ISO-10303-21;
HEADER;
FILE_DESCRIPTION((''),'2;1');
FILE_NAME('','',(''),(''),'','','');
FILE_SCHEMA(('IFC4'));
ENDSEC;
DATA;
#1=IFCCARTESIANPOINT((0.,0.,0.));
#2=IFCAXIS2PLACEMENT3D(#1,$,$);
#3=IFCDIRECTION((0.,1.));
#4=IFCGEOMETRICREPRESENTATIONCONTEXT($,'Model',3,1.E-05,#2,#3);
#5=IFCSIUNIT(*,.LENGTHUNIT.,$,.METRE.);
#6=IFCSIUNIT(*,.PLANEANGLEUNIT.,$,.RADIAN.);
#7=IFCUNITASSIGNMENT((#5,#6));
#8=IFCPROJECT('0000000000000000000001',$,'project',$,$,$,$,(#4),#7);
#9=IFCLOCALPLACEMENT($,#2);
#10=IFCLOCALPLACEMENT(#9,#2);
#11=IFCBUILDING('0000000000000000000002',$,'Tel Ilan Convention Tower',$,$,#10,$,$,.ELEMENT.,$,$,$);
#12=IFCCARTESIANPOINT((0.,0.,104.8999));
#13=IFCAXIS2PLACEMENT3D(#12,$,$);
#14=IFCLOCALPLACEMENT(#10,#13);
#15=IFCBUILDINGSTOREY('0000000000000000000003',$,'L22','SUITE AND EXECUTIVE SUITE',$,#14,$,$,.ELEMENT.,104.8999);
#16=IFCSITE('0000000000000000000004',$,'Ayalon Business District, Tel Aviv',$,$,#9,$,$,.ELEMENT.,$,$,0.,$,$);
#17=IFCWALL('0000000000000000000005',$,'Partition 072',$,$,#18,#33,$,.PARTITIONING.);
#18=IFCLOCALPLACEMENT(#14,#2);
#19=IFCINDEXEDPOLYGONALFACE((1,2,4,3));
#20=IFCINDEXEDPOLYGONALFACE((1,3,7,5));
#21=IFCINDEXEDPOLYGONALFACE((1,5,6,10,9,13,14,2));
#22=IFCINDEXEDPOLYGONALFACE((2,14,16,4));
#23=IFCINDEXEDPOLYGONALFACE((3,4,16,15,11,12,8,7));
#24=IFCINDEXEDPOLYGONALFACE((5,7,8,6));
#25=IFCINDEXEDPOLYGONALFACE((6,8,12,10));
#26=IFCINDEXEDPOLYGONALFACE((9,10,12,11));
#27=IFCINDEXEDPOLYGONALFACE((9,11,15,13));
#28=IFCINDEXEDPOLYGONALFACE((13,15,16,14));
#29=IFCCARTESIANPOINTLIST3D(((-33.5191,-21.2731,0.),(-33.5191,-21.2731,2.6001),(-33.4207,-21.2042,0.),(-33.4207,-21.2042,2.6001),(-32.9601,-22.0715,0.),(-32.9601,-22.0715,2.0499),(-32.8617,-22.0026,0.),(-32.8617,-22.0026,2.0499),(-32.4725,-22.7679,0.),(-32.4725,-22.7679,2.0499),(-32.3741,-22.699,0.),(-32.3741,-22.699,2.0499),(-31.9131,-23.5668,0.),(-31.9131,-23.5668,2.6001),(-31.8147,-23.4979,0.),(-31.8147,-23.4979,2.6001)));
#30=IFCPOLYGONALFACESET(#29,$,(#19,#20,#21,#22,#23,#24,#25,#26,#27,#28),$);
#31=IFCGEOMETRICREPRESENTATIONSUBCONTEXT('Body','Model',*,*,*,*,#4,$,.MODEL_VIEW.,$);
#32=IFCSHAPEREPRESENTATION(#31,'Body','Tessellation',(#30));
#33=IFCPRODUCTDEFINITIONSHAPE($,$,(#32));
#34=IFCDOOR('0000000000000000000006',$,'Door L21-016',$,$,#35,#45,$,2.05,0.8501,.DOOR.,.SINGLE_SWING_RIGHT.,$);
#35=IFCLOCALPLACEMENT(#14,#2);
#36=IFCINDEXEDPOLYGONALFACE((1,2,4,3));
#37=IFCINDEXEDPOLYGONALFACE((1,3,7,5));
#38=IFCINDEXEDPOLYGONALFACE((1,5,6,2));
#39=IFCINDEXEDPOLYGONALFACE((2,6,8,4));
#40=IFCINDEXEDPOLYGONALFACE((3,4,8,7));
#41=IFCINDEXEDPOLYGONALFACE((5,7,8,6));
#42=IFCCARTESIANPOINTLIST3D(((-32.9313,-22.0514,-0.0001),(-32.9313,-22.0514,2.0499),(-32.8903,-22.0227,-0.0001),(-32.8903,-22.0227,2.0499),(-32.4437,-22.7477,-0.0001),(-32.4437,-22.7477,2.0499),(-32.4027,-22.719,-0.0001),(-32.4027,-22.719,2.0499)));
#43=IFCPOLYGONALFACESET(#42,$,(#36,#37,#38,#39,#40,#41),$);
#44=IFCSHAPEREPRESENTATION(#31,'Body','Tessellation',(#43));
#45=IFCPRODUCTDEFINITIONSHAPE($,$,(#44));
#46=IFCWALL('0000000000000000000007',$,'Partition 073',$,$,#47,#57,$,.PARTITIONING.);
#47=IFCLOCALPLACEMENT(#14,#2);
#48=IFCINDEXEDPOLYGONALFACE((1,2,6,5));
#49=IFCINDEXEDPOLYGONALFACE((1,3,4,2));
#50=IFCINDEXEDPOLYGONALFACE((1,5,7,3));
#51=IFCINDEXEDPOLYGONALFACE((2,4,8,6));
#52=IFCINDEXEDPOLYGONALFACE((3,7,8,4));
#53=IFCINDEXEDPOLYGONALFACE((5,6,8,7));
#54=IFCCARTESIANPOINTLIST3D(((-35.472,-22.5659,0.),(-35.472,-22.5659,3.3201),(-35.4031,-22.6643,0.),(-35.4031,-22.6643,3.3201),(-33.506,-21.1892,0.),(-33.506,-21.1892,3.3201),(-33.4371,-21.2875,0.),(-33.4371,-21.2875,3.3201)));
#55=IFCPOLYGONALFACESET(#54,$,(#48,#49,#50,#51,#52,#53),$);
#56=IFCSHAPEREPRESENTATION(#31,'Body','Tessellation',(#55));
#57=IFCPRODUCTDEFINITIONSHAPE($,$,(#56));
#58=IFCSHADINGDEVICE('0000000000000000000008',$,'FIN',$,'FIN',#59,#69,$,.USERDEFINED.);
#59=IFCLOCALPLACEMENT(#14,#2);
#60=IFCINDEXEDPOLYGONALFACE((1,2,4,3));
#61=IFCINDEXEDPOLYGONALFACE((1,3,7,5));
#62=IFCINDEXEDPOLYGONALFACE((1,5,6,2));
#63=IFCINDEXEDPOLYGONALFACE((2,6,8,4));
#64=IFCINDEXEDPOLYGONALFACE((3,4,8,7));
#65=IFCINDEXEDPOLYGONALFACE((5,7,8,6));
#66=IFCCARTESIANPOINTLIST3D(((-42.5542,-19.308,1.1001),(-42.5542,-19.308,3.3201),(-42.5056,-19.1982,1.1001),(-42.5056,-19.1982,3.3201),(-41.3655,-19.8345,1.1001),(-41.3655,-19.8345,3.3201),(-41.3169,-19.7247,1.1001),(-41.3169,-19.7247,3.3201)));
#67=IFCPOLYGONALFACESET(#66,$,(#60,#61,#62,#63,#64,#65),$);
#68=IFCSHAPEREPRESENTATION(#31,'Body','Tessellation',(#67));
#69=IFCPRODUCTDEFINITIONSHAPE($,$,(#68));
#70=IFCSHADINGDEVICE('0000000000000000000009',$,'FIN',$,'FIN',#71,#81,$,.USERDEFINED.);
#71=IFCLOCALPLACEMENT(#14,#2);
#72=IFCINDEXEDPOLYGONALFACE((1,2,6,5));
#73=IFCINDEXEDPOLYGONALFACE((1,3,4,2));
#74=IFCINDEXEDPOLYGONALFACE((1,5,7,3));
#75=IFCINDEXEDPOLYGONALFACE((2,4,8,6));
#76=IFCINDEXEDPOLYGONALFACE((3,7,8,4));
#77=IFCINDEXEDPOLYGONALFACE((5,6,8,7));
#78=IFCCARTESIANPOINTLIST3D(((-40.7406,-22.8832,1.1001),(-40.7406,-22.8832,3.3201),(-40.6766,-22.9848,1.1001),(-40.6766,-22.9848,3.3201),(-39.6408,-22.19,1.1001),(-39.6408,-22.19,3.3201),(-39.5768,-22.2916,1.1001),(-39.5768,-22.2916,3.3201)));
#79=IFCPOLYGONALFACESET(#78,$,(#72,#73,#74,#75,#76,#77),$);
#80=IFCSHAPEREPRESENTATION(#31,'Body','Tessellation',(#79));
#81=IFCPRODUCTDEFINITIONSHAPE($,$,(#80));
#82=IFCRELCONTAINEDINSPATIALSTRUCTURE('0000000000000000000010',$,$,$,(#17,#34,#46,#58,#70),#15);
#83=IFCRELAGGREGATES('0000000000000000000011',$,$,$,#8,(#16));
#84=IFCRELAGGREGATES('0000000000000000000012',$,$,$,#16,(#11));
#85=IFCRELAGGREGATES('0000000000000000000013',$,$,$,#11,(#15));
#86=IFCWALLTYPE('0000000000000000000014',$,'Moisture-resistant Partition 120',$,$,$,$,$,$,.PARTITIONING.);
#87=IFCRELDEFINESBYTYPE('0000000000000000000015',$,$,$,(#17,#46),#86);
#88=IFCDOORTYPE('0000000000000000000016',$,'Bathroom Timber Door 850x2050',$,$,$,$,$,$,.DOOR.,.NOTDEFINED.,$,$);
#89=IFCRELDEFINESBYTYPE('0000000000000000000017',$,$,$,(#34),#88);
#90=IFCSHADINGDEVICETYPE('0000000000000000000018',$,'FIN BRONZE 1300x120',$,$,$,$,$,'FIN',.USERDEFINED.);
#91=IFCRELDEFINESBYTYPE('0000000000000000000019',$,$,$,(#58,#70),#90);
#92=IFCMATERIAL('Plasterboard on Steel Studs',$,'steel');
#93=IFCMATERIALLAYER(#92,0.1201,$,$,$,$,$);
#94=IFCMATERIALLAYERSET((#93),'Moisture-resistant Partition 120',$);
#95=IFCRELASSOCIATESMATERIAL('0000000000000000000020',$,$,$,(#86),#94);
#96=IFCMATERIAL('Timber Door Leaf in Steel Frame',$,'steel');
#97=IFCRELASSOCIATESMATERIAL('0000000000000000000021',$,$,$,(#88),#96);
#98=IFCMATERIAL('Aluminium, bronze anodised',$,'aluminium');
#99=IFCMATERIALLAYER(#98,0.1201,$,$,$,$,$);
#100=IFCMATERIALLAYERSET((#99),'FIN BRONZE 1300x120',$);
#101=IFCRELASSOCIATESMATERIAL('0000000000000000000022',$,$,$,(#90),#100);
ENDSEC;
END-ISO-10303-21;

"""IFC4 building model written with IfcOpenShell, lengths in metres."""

from ifc_helpers import new_model, si_unit, direction, frame, frame_2d, origin, origin_2d, place, context, subcontext, project, spatial, rectangle, extrude, material, layer, layer_set, type_object, element, fill, save


model = new_model("IFC4")

# Units and contexts
model_context = context("Model", 3, precision=1e-05, world=origin(), true_north=direction((0.0, 1.0)))
body_context = subcontext(model_context, "Body", "Model", "MODEL_VIEW")
ifc_project = project(units=[si_unit("LENGTHUNIT", "METRE"), si_unit("PLANEANGLEUNIT", "RADIAN")], contexts=[model_context])

# Site, building, storey
site_placement = place(None, origin())
site = spatial("IfcSite", under=ifc_project, at=site_placement, Name="Ayalon Business District, Tel Aviv", CompositionType="ELEMENT", RefElevation=0.0)
building_placement = place(site_placement, origin())
building = spatial("IfcBuilding", under=site, at=building_placement, Name="Tel Ilan Convention Tower", CompositionType="ELEMENT")
storey_placement = place(building_placement, frame((0.0, 0.0, 104.8999)))
storey = spatial("IfcBuildingStorey", under=building, at=storey_placement, Name="L22", Description="SUITE AND EXECUTIVE SUITE", CompositionType="ELEMENT", Elevation=104.8999)

# Wall, opening, door
ifc_material_1 = material(Name="Plasterboard on Steel Studs", Category="steel")
ifc_layer_1 = layer(ifc_material_1, 0.1201)
ifc_layer_set_1 = layer_set([ifc_layer_1], Name="Moisture-resistant Partition 120")
wall_type_1 = type_object("IfcWallType", Name="Moisture-resistant Partition 120", PredefinedType="PARTITIONING", material=ifc_layer_set_1)
wall_1_placement = place(storey_placement, frame((-31.864, -23.5322, 0.0), z_axis=(0.0, 0.0, 1.0), x_axis=(-0.57355, 0.81917, 0.0)))
wall_1 = element("IfcWall", 1, at=wall_1_placement, inside=storey, type_object=wall_type_1, Name="Partition 072", PredefinedType="PARTITIONING", context=body_context, shape_type="SweptSolid", body=[
    extrude(rectangle(XDim=2.8, YDim=0.1201, at=frame_2d((1.3999, 0.0))), origin(), (0.0, 0.0, 1.0), 2.6001),
])
opening_1_placement = place(wall_1_placement, frame((0.9751, 0.0, 0.0)))
opening_1 = element("IfcOpeningElement", 2, at=opening_1_placement, cuts=wall_1, PredefinedType="OPENING", context=body_context, shape_type="SweptSolid", body=[
    extrude(rectangle(XDim=0.8501, YDim=2.05, at=frame_2d((0.425, 1.0249))), frame((0.0, 0.0701, 0.0), z_axis=(0.0, -1.0, 0.0), x_axis=(1.0, 0.0, 0.0)), (0.0, 0.0, 1.0), 0.1401),
])
ifc_material_2 = material(Name="Timber Door Leaf in Steel Frame", Category="steel")
door_type_1 = type_object("IfcDoorType", Name="Bathroom Timber Door 850x2050", OperationType="NOTDEFINED", PredefinedType="DOOR", material=ifc_material_2)
door_1_placement = place(opening_1_placement, origin())
door_1 = element("IfcDoor", 3, at=door_1_placement, inside=storey, type_object=door_type_1, Name="Door L21-016", OperationType="SINGLE_SWING_RIGHT", OverallHeight=2.05, OverallWidth=0.8501, PredefinedType="DOOR", context=body_context, shape_type="SweptSolid", body=[
    extrude(rectangle(XDim=0.8501, YDim=2.05, at=frame_2d((0.425, 1.0249))), frame((0.0, 0.0249, 0.0), z_axis=(0.0, -1.0, 0.0), x_axis=(1.0, 0.0, 0.0)), (0.0, 0.0, 1.0), 0.05),
])
fill(opening_1, door_1)

# Wall
wall_2_placement = place(storey_placement, frame((-33.4714, -21.2383, 0.0), z_axis=(0.0, 0.0, 1.0), x_axis=(-0.819141, -0.573592, 0.0)))
element("IfcWall", 4, at=wall_2_placement, inside=storey, type_object=wall_type_1, Name="Partition 073", PredefinedType="PARTITIONING", context=body_context, shape_type="SweptSolid", body=[
    extrude(rectangle(XDim=2.4001, YDim=0.1201, at=frame_2d((1.2002, 0.0))), origin(), (0.0, 0.0, 1.0), 3.3201),
])

# Shading devices
ifc_material_3 = material(Name="Aluminium, bronze anodised", Category="aluminium")
ifc_layer_2 = layer(ifc_material_3, 0.1201)
ifc_layer_set_2 = layer_set([ifc_layer_2], Name="FIN BRONZE 1300x120")
shading_device_type = type_object("IfcShadingDeviceType", Name="FIN BRONZE 1300x120", ElementType="FIN", PredefinedType="USERDEFINED", material=ifc_layer_set_2)
for number, where, z_axis, x_axis, name in (
    (5, (-41.9355, -19.5164, 1.1001), (0.0, 0.0, 1.0), (-0.914333, 0.404964, 0.0), "FIN"),
    (6, (-40.1587, -22.5874, 1.1001), (0.0, 0.0, 1.0), (-0.845986, -0.533204, 0.0), "FIN"),
):
    element("IfcShadingDevice", number, at=place(storey_placement, frame(where, z_axis=z_axis, x_axis=x_axis)), inside=storey, type_object=shading_device_type, Name=name, ObjectType="FIN", PredefinedType="USERDEFINED", context=body_context, shape_type="SweptSolid", body=[
        extrude(rectangle(XDim=1.3, YDim=0.1201, at=origin_2d()), origin(), (0.0, 0.0, 1.0), 2.22),
    ])

save(model, "model.ifc")
